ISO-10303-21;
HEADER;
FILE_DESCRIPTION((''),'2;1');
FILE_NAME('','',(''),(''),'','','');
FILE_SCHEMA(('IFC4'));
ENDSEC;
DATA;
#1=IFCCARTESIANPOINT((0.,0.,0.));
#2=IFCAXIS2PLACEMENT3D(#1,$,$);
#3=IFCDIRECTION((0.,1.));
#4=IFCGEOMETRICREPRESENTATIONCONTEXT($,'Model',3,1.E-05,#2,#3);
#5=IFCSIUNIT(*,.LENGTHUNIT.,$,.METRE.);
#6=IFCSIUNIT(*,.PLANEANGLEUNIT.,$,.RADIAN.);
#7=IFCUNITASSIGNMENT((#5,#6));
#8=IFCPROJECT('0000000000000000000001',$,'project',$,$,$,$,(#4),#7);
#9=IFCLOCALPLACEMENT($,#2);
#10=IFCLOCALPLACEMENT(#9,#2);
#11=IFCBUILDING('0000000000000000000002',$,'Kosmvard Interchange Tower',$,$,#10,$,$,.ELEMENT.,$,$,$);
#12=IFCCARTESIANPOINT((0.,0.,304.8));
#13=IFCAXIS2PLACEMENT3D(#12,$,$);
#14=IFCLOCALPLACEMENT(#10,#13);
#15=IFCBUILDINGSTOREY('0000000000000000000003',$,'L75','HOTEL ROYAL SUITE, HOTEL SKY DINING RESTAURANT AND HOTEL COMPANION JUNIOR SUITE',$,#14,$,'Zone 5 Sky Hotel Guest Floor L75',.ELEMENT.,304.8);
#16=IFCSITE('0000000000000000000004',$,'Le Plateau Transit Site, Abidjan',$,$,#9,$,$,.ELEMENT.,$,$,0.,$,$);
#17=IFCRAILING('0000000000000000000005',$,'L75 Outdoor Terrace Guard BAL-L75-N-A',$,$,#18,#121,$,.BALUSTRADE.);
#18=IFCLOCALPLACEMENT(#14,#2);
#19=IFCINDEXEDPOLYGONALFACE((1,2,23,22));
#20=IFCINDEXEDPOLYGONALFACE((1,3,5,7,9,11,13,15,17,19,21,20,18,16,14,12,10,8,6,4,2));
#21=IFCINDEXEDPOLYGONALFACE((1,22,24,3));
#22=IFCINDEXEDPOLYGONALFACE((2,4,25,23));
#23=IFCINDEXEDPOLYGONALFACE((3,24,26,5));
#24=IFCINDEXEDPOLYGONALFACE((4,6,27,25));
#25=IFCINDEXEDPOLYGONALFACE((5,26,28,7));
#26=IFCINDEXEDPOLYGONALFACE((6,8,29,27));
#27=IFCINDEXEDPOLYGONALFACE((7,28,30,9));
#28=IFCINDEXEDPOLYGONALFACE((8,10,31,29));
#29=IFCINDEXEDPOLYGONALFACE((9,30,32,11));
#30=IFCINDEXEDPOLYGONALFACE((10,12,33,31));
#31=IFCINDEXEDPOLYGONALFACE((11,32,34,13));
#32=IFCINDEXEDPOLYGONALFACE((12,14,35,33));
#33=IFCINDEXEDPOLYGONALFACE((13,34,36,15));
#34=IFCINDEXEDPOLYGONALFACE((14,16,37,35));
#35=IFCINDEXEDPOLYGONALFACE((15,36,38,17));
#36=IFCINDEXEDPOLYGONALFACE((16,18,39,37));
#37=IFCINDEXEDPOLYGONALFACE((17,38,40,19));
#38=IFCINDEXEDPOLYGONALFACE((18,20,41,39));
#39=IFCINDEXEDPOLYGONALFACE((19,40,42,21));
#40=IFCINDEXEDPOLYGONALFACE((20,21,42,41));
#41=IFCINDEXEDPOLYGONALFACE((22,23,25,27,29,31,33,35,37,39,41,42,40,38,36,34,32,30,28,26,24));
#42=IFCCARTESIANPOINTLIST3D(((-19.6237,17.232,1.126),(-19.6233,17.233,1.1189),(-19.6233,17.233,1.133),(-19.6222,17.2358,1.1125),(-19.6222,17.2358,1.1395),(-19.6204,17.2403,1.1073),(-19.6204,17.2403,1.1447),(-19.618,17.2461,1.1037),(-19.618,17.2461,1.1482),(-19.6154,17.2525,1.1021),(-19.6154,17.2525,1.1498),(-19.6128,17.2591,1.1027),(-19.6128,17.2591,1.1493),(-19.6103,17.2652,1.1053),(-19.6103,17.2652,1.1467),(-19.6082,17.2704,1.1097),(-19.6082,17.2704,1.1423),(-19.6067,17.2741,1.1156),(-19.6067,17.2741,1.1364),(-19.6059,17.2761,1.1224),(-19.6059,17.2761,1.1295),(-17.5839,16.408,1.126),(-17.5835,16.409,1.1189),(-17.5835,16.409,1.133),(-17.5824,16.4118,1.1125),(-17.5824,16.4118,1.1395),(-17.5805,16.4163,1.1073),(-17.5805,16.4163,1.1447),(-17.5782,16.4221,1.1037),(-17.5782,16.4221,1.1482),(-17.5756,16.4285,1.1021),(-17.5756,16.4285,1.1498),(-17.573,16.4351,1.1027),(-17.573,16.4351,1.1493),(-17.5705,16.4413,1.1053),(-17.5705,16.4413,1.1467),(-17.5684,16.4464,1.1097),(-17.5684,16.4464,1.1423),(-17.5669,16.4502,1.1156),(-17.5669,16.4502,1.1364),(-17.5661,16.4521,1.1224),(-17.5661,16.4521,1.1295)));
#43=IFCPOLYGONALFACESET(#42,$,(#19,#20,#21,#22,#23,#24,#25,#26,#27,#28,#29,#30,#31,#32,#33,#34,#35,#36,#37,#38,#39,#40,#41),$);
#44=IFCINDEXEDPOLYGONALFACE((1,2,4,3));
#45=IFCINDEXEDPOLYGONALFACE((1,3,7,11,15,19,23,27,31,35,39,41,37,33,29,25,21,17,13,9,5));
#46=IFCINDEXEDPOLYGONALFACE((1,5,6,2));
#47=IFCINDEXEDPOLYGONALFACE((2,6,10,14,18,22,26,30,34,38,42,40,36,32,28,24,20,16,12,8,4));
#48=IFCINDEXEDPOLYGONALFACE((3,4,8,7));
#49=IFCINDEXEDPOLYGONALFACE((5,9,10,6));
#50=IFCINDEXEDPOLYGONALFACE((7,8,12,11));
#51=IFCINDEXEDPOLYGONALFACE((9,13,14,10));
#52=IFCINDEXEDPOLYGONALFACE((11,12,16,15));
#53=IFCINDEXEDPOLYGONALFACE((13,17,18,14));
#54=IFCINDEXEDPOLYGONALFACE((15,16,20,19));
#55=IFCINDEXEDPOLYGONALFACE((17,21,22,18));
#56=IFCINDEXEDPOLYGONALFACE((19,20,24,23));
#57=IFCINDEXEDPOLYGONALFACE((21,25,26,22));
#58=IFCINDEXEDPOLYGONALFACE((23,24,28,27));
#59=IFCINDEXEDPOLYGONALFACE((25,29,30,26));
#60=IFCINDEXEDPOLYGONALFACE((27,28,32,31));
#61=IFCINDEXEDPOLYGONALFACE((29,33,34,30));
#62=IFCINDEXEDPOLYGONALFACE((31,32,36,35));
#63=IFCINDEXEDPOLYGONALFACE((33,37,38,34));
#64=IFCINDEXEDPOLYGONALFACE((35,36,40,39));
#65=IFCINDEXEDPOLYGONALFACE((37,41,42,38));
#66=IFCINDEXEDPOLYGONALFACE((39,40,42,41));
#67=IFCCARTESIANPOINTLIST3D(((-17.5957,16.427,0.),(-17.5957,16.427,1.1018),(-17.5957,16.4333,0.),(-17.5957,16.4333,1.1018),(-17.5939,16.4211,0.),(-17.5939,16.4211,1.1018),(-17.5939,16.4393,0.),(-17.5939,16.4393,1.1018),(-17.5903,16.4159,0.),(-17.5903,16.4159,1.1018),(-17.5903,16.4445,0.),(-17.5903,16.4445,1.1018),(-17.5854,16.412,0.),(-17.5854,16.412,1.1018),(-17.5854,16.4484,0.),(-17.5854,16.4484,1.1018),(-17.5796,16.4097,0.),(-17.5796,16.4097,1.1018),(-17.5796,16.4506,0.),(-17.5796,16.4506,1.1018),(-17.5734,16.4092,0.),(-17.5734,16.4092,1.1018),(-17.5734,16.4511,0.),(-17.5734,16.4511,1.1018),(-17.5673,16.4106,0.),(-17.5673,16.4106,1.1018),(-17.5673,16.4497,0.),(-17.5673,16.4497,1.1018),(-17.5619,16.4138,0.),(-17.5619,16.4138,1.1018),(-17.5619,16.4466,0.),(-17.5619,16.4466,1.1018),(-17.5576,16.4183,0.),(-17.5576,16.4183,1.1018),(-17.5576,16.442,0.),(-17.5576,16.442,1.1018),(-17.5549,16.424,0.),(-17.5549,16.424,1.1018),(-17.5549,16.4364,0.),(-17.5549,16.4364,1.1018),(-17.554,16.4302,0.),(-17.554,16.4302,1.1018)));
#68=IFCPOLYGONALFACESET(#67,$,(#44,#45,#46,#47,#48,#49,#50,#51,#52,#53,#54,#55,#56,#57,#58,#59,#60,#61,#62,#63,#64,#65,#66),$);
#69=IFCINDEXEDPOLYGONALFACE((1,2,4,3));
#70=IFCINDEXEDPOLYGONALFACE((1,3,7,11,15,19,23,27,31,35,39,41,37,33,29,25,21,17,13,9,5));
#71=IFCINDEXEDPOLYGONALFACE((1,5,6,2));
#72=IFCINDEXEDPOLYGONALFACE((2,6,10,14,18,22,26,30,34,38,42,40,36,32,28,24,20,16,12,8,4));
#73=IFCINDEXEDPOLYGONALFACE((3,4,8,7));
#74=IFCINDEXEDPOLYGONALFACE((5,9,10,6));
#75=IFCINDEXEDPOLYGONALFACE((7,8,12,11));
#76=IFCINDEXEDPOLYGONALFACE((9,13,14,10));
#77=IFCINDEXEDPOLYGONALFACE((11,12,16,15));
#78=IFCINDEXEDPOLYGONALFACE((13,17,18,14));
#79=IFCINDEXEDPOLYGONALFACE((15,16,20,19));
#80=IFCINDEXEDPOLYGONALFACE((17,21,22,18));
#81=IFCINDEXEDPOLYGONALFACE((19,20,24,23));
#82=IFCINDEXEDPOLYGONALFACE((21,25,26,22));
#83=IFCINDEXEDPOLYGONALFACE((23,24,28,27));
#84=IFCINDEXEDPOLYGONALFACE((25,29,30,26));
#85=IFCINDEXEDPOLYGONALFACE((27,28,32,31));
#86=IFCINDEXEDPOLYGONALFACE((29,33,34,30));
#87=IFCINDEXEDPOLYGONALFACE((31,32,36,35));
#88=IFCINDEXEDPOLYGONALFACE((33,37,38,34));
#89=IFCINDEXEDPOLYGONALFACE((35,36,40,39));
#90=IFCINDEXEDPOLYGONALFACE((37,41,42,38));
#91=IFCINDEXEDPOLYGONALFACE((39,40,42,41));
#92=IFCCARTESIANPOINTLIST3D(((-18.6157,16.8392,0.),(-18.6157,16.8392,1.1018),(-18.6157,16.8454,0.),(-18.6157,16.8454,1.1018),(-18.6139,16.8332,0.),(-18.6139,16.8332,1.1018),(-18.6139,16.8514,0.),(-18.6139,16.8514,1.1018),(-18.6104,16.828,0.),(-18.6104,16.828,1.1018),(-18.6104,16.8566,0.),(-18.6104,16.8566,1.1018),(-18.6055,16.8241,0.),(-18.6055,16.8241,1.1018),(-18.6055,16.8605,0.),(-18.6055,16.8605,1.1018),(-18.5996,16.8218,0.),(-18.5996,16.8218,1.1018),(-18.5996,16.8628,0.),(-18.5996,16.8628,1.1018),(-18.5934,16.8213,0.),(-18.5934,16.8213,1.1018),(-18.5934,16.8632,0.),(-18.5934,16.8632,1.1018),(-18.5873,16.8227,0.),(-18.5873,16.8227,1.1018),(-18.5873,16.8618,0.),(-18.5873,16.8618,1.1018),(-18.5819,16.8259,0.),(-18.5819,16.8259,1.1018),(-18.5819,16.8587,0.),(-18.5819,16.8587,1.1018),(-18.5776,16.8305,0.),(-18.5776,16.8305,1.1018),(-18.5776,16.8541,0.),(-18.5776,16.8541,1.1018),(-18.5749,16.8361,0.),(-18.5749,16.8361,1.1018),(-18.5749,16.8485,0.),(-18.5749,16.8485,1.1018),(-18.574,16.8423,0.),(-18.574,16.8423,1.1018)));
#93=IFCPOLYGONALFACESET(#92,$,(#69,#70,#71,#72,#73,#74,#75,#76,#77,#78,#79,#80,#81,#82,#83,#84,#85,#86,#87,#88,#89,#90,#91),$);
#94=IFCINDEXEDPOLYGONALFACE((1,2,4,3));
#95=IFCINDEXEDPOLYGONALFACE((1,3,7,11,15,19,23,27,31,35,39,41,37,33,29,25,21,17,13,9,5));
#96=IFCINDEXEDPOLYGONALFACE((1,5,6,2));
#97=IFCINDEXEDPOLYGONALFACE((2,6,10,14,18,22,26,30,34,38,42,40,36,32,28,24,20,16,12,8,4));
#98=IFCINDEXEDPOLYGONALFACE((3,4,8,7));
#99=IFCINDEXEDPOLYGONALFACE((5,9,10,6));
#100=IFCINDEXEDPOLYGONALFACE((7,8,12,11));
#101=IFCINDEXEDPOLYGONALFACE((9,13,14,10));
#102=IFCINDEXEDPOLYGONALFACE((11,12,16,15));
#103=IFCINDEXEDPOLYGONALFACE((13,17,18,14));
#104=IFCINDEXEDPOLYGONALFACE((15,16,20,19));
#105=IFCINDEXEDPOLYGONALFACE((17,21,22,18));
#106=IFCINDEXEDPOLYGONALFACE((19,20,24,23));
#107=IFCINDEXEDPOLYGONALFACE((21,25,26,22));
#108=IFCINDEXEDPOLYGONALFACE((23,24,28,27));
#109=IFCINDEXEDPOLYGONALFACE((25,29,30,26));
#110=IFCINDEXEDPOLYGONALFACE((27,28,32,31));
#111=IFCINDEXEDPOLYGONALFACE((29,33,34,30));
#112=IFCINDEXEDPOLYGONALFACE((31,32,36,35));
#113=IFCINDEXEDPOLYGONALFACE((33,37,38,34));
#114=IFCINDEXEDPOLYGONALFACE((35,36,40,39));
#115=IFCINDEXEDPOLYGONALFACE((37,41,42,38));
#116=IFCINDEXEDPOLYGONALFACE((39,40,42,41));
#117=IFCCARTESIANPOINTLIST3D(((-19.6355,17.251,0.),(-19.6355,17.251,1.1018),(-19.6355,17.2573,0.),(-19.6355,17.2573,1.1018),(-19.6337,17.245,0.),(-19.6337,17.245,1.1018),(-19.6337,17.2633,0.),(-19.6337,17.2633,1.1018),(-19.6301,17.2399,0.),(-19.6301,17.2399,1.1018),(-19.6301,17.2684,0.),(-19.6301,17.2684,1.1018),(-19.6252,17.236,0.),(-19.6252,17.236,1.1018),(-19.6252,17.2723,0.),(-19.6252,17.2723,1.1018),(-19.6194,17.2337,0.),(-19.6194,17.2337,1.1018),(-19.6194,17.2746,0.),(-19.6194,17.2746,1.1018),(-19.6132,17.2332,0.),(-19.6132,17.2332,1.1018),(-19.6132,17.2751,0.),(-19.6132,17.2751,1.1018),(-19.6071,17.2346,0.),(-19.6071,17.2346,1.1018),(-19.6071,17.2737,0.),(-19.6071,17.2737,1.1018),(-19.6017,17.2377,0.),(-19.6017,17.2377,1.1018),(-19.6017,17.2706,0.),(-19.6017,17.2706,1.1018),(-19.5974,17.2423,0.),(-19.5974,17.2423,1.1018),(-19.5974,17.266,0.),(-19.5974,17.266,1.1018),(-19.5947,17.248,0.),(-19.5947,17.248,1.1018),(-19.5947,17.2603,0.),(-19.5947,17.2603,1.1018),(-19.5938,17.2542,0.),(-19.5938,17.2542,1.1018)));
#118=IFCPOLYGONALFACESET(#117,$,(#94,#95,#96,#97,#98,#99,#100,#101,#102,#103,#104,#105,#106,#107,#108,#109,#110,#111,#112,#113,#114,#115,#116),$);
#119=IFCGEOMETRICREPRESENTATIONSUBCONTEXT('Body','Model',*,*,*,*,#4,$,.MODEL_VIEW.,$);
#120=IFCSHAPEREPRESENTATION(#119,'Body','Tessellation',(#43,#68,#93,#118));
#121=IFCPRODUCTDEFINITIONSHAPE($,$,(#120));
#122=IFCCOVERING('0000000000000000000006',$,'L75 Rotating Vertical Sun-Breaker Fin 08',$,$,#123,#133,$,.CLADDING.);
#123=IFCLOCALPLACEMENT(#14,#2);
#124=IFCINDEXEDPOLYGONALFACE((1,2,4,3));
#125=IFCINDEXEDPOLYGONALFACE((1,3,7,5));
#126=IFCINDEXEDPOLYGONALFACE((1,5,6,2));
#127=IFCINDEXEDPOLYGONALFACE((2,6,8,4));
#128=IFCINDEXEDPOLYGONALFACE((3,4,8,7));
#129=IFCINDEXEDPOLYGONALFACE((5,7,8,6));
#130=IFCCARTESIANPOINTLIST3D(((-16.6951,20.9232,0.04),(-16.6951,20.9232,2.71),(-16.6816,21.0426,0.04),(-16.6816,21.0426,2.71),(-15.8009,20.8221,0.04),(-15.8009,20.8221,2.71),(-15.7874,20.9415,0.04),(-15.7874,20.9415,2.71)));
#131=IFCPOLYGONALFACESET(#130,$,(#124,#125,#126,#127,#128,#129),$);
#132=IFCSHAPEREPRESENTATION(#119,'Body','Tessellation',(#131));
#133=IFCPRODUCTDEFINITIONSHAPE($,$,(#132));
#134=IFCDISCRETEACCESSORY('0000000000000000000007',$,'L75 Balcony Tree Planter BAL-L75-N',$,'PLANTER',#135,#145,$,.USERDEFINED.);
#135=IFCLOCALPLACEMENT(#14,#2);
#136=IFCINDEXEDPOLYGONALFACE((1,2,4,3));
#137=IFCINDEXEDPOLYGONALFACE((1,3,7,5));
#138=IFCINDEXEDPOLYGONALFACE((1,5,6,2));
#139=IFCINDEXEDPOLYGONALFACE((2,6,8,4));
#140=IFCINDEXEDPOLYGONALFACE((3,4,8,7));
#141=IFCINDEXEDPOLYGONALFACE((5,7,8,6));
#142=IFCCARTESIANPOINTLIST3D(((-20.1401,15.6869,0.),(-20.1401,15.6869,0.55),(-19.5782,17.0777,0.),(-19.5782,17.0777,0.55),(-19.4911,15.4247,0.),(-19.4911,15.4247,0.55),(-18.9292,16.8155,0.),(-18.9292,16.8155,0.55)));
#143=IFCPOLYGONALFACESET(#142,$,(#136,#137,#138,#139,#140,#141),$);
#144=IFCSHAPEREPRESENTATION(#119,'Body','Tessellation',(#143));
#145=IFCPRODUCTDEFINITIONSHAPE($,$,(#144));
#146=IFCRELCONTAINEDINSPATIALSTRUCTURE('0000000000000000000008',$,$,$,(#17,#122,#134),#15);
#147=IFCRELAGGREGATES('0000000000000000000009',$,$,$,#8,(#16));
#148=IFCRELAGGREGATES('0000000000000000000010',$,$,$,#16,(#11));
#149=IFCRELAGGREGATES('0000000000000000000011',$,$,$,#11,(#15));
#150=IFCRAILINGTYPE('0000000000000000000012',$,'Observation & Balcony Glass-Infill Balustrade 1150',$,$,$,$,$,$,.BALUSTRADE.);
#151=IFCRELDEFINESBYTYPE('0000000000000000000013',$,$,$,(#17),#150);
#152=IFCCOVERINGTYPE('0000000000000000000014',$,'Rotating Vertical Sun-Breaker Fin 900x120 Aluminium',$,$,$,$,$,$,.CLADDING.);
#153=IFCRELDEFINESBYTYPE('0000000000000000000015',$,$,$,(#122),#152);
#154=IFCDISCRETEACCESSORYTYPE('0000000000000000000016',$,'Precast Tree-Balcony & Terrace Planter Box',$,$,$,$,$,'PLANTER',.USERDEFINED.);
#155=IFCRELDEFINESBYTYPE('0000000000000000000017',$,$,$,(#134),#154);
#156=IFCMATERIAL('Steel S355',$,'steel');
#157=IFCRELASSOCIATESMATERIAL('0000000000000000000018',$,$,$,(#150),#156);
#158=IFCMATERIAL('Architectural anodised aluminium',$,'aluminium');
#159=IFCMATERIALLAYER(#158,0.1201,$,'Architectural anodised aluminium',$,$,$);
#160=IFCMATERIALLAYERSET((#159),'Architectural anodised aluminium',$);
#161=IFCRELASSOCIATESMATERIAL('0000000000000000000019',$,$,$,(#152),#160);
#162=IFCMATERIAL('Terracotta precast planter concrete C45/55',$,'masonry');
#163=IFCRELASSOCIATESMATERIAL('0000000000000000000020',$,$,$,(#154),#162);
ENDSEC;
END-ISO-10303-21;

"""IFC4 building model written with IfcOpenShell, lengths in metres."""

from ifc_helpers import new_model, si_unit, direction, frame, origin, origin_2d, place, context, subcontext, project, spatial, rectangle, circle, extrude, source, transform, mapped, material, layer, layer_set, type_object, element, save


model = new_model("IFC4")

# Units and contexts
model_context = context("Model", 3, precision=1e-05, world=origin(), true_north=direction((0.0, 1.0)))
body_context = subcontext(model_context, "Body", "Model", "MODEL_VIEW")
ifc_project = project(units=[si_unit("LENGTHUNIT", "METRE"), si_unit("PLANEANGLEUNIT", "RADIAN")], contexts=[model_context])

# Site, building, storey
site_placement = place(None, origin())
site = spatial("IfcSite", under=ifc_project, at=site_placement, Name="Le Plateau Transit Site, Abidjan", CompositionType="ELEMENT", RefElevation=0.0)
building_placement = place(site_placement, origin())
building = spatial("IfcBuilding", under=site, at=building_placement, Name="Kosmvard Interchange Tower", CompositionType="ELEMENT")
storey_placement = place(building_placement, frame((0.0, 0.0, 304.8)))
storey = spatial("IfcBuildingStorey", under=building, at=storey_placement, Name="L75", Description="HOTEL ROYAL SUITE, HOTEL SKY DINING RESTAURANT AND HOTEL COMPANION JUNIOR SUITE", LongName="Zone 5 Sky Hotel Guest Floor L75", CompositionType="ELEMENT", Elevation=304.8)

# Shared definitions
ifc_material_1 = material(Name="Steel S355", Category="steel")

# Railing
railing_type = type_object("IfcRailingType", Name="Observation & Balcony Glass-Infill Balustrade 1150", PredefinedType="BALUSTRADE", material=ifc_material_1)
shared_shape_1 = source(origin(), body_context, "Body", "SweptSolid", [
    extrude(circle(Radius=0.0239, at=origin_2d()), frame((0.0, 0.0, 1.126), z_axis=(-0.927208, 0.374546, 0.0), x_axis=(-0.374546, -0.927208, 0.0)), (0.0, 0.0, 1.0), 2.2),
    extrude(circle(Radius=0.021, at=origin_2d()), origin(), (0.0, 0.0, 1.0), 1.1018),
    extrude(circle(Radius=0.021, at=origin_2d()), frame((-1.02, 0.4121, 0.0)), (0.0, 0.0, 1.0), 1.1018),
    extrude(circle(Radius=0.021, at=origin_2d()), frame((-2.0398, 0.824, 0.0)), (0.0, 0.0, 1.0), 1.1018),
])
railing_1_placement = place(storey_placement, frame((-17.575, 16.4302, 0.0)))
element("IfcRailing", 1, at=railing_1_placement, inside=storey, type_object=railing_type, Name="L75 Outdoor Terrace Guard BAL-L75-N-A", PredefinedType="BALUSTRADE", context=body_context, shape_type="MappedRepresentation", body=[
    mapped(shared_shape_1, transform((0.0, 0.0, 0.0), scale=1.0)),
])

# Covering
ifc_material_2 = material(Name="Architectural anodised aluminium", Category="aluminium")
ifc_layer_1 = layer(ifc_material_2, 0.1201, Name="Architectural anodised aluminium")
ifc_layer_set_1 = layer_set([ifc_layer_1], Name="Architectural anodised aluminium")
covering_type = type_object("IfcCoveringType", Name="Rotating Vertical Sun-Breaker Fin 900x120 Aluminium", PredefinedType="CLADDING", material=ifc_layer_set_1)
shared_shape_2 = source(origin(), body_context, "Body", "SweptSolid", [
    extrude(rectangle(XDim=0.8999, YDim=0.1201, at=origin_2d()), origin(), (0.0, 0.0, 1.0), 2.6699),
])
covering_placement = place(storey_placement, frame((-16.2412, 20.9324, 0.04), z_axis=(0.0, 0.0, 1.0), x_axis=(-0.99367, 0.112336, 0.0)))
element("IfcCovering", 2, at=covering_placement, inside=storey, type_object=covering_type, Name="L75 Rotating Vertical Sun-Breaker Fin 08", PredefinedType="CLADDING", context=body_context, shape_type="MappedRepresentation", body=[
    mapped(shared_shape_2, transform((0.0, 0.0, 0.0), scale=1.0)),
])

# Discrete accessory
ifc_material_3 = material(Name="Terracotta precast planter concrete C45/55", Category="masonry")
discrete_accessory_type = type_object("IfcDiscreteAccessoryType", Name="Precast Tree-Balcony & Terrace Planter Box", ElementType="PLANTER", PredefinedType="USERDEFINED", material=ifc_material_3)
shared_shape_3 = source(origin(), body_context, "Body", "SweptSolid", [
    extrude(rectangle(XDim=1.5, YDim=0.7, at=origin_2d()), origin(), (0.0, 0.0, 1.0), 0.55),
])
discrete_accessory_placement = place(storey_placement, frame((-19.5347, 16.2512, 0.0), z_axis=(0.0, 0.0, 1.0), x_axis=(0.374607, 0.927184, 0.0)))
element("IfcDiscreteAccessory", 3, at=discrete_accessory_placement, inside=storey, type_object=discrete_accessory_type, Name="L75 Balcony Tree Planter BAL-L75-N", ObjectType="PLANTER", PredefinedType="USERDEFINED", context=body_context, shape_type="MappedRepresentation", body=[
    mapped(shared_shape_3, transform((0.0, 0.0, 0.0), scale=1.0)),
])

save(model, "model.ifc")
